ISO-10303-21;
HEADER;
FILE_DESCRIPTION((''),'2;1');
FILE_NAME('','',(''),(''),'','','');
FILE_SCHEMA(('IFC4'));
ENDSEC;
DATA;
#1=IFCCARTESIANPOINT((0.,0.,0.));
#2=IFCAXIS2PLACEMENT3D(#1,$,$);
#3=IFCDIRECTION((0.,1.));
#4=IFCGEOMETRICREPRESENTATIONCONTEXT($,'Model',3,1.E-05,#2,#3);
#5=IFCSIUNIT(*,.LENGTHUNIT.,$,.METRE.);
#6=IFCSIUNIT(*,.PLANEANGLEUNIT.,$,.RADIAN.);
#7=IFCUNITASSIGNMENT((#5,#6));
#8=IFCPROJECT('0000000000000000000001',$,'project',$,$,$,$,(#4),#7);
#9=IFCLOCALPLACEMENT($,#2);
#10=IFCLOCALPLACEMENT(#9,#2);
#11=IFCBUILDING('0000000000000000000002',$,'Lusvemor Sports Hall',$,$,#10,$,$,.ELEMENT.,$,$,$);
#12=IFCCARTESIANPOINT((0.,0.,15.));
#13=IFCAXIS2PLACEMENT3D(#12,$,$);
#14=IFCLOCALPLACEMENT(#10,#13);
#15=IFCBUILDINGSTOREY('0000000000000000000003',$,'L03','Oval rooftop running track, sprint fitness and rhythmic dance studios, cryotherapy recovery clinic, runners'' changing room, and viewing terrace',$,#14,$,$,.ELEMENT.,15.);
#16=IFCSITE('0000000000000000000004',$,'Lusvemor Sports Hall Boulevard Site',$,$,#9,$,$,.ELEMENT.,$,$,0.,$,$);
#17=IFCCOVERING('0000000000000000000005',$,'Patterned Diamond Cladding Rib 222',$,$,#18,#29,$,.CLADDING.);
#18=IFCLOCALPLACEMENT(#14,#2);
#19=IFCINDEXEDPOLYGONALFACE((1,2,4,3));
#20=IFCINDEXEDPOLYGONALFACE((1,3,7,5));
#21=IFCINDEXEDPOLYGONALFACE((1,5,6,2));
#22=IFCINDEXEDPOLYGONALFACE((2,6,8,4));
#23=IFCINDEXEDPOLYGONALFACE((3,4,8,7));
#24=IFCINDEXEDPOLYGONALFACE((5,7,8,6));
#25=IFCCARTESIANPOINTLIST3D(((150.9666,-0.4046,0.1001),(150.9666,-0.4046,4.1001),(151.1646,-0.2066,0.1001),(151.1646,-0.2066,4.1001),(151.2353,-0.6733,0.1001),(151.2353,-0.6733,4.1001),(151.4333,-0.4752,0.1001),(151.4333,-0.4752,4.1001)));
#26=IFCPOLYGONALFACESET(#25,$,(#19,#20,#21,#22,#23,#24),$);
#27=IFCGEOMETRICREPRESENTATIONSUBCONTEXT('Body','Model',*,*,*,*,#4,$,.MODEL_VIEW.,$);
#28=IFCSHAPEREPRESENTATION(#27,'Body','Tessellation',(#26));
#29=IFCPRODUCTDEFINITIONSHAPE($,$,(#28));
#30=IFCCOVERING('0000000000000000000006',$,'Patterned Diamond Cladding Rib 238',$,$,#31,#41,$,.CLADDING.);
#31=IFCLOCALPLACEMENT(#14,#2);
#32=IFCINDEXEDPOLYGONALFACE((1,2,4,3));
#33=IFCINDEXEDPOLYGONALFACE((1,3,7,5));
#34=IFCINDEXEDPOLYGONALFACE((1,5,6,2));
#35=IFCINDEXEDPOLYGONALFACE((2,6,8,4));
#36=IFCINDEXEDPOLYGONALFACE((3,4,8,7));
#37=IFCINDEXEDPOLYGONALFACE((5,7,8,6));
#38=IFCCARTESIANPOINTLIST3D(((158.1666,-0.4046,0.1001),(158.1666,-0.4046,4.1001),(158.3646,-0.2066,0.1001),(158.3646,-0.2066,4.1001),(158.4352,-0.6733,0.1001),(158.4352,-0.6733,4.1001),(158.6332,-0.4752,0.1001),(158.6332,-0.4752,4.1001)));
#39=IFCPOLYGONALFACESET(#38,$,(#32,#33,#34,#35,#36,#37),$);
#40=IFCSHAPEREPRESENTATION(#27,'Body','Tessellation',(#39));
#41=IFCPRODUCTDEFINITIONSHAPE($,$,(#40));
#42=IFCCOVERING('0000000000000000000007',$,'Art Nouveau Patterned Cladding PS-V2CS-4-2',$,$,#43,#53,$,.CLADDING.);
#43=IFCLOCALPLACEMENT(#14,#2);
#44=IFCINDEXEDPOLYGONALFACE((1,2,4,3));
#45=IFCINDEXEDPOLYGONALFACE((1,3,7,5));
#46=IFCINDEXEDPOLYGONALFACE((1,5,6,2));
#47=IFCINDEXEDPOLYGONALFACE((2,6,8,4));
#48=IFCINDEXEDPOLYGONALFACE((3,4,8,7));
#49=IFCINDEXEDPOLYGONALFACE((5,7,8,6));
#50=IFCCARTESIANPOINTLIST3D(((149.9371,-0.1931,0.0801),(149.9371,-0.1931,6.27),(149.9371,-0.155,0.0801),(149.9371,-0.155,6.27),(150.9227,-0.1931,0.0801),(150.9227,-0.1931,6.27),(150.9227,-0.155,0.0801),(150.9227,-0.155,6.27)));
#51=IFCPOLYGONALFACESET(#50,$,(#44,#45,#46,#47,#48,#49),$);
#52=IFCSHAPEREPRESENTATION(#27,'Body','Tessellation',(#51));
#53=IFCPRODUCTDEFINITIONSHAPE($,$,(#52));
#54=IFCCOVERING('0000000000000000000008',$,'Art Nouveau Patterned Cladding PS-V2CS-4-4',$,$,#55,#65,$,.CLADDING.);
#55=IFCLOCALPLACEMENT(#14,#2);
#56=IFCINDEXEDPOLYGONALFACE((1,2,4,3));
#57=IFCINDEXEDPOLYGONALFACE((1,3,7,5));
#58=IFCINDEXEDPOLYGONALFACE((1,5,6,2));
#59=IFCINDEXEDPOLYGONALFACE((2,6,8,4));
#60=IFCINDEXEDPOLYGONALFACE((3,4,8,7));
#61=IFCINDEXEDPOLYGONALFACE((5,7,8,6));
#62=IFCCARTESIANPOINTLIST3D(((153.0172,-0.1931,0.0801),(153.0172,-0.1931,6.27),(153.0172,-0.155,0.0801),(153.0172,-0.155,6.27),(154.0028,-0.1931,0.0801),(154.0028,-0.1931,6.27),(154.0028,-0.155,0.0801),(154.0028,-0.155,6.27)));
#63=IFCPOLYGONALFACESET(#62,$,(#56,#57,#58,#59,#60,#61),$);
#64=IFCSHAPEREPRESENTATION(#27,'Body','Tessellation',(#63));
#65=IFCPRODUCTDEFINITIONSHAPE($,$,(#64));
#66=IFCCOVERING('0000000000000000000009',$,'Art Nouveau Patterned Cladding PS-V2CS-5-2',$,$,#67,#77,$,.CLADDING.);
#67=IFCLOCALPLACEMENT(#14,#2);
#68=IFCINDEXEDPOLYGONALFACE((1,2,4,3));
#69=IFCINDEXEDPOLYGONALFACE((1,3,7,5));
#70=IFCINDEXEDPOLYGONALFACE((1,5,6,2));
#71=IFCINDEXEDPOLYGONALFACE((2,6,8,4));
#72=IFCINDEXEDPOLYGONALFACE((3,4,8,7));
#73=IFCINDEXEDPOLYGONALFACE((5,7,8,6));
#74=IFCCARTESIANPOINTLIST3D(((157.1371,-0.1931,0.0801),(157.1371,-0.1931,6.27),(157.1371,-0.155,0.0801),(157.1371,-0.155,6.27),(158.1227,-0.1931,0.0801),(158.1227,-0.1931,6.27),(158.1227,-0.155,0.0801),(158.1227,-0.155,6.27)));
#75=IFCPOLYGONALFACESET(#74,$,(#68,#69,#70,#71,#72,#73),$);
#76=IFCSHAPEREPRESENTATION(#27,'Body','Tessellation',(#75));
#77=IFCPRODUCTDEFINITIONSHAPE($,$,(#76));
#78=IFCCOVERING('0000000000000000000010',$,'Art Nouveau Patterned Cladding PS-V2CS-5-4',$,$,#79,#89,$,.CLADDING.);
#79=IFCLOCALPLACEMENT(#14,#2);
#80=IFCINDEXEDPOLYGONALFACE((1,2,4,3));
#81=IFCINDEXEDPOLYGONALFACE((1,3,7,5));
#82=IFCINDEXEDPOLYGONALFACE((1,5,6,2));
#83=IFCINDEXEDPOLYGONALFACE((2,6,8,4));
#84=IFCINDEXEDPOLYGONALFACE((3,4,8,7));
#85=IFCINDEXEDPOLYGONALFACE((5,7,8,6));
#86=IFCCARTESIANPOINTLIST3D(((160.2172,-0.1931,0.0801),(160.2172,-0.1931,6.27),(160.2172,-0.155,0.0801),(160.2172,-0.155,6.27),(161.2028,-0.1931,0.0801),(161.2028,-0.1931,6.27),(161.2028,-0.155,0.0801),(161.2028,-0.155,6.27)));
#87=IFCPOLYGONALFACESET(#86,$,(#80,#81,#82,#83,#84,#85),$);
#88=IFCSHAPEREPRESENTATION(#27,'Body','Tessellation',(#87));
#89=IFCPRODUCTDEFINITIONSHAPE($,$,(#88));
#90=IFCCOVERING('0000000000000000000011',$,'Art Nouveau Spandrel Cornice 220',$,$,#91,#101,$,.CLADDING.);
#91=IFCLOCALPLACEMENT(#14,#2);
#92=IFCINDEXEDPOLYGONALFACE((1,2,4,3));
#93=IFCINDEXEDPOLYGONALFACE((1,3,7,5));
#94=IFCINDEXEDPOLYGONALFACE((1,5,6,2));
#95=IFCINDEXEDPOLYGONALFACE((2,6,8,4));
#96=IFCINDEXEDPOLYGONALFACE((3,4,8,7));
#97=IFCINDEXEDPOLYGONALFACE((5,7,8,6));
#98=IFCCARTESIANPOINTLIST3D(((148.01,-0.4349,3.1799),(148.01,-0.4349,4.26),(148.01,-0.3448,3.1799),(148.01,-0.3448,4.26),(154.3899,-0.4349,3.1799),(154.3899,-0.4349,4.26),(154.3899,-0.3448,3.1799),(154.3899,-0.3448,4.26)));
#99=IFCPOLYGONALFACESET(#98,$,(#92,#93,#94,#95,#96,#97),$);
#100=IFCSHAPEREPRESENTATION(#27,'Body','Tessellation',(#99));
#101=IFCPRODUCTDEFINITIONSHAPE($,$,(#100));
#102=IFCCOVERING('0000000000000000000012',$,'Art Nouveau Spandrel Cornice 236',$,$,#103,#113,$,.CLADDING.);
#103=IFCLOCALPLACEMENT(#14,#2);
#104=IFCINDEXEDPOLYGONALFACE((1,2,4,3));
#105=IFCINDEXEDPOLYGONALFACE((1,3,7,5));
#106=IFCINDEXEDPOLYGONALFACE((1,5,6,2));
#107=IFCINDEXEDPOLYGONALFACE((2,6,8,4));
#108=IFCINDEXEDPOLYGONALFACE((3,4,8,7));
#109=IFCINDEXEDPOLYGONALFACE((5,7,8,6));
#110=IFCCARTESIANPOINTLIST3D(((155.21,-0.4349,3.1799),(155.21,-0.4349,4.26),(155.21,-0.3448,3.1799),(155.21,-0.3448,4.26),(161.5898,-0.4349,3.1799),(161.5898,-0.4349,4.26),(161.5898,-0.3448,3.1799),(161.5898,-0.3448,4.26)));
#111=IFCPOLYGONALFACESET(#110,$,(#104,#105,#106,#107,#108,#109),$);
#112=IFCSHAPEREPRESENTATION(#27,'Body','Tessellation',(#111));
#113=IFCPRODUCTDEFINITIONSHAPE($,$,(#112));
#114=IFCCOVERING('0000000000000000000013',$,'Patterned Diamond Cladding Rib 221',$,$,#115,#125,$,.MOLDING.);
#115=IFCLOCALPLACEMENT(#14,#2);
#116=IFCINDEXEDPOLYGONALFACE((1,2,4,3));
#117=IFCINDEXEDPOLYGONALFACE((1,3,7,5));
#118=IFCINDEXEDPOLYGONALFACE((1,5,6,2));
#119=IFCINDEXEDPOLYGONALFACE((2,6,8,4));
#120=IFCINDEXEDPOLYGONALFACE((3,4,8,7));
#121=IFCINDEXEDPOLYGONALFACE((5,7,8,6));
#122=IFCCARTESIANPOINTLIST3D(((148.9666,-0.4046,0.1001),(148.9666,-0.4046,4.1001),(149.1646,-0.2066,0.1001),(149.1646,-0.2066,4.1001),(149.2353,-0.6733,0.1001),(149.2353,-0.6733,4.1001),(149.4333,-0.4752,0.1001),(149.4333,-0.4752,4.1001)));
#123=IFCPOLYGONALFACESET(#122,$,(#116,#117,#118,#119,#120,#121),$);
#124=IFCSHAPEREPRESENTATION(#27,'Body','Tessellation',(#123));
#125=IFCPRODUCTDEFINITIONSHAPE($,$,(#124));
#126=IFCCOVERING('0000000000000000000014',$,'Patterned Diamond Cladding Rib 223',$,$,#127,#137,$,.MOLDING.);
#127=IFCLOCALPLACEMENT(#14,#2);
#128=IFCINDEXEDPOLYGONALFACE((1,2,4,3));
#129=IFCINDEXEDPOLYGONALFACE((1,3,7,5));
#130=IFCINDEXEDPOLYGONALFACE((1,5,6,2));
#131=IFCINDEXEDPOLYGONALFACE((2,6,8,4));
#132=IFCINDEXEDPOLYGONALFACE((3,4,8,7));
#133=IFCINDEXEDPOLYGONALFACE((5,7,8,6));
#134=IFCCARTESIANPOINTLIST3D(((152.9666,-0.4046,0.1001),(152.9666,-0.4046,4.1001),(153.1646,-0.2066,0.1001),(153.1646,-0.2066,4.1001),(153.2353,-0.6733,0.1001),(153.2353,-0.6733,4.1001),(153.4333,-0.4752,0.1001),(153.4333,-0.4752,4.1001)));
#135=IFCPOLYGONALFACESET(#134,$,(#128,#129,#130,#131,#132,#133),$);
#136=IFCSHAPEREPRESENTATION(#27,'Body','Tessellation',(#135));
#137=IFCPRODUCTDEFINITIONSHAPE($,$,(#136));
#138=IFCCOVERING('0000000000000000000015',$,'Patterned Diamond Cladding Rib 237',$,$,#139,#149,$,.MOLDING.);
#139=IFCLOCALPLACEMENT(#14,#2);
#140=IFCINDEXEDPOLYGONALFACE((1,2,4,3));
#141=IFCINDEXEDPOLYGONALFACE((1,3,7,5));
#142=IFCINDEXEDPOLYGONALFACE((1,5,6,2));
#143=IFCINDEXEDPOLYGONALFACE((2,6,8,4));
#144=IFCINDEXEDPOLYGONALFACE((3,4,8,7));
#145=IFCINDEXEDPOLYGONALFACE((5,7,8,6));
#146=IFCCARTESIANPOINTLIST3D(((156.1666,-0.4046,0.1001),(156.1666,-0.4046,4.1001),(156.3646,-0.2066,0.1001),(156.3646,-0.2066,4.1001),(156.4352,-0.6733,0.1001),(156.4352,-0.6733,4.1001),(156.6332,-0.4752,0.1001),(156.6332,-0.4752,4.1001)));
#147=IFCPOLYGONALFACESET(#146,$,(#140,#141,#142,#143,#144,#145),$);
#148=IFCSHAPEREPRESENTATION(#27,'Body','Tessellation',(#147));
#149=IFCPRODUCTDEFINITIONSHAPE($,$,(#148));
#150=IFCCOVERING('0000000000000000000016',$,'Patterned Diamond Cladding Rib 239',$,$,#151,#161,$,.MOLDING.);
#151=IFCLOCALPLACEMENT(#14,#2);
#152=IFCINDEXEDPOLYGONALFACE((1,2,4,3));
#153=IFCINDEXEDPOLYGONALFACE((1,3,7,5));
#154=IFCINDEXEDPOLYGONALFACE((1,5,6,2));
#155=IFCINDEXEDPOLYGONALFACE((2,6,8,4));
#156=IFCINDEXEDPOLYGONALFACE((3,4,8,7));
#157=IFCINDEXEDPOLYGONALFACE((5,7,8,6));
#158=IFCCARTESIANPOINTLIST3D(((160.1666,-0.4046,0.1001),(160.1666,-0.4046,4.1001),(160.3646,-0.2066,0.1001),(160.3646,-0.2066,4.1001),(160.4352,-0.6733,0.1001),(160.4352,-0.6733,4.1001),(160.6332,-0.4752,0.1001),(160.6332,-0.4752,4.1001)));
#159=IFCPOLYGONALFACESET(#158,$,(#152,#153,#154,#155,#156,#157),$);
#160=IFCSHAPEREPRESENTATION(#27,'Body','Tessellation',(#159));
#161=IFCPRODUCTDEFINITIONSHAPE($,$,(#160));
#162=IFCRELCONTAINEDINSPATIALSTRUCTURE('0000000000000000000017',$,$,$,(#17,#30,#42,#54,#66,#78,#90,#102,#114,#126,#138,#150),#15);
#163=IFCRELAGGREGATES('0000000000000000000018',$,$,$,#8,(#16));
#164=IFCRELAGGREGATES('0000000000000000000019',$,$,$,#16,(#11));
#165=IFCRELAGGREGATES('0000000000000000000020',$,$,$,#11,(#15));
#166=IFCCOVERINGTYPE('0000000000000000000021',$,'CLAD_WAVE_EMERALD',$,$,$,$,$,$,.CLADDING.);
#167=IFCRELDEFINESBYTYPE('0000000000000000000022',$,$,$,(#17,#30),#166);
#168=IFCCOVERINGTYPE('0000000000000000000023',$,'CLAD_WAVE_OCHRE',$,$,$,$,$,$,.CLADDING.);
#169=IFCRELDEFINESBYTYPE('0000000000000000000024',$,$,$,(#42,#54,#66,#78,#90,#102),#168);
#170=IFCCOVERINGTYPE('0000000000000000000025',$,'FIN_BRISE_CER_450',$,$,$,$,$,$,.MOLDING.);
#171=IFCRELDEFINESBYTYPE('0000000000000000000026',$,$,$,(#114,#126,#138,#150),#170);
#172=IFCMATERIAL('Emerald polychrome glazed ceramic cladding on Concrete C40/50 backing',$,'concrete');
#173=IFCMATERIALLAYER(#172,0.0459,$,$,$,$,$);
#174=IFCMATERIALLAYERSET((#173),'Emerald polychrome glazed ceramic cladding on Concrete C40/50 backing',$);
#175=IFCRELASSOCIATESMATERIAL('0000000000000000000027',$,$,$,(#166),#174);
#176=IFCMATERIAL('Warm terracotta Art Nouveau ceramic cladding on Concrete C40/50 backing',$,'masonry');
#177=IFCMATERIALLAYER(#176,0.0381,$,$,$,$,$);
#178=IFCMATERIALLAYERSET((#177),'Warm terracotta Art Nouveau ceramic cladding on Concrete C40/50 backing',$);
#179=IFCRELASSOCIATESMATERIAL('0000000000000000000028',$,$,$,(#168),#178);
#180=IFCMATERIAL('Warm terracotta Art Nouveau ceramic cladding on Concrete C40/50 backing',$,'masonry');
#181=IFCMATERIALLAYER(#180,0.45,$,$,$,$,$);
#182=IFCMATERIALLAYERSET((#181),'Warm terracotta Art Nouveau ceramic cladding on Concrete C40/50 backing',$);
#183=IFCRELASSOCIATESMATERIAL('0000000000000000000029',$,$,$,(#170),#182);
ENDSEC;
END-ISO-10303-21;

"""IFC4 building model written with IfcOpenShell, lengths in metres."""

from ifc_helpers import new_model, si_unit, direction, frame, origin, origin_2d, place, context, subcontext, project, spatial, rectangle, extrude, material, layer, layer_set, type_object, element, save


model = new_model("IFC4")

# Units and contexts
model_context = context("Model", 3, precision=1e-05, world=origin(), true_north=direction((0.0, 1.0)))
body_context = subcontext(model_context, "Body", "Model", "MODEL_VIEW")
ifc_project = project(units=[si_unit("LENGTHUNIT", "METRE"), si_unit("PLANEANGLEUNIT", "RADIAN")], contexts=[model_context])

# Site, building, storey
site_placement = place(None, origin())
site = spatial("IfcSite", under=ifc_project, at=site_placement, Name="Lusvemor Sports Hall Boulevard Site", CompositionType="ELEMENT", RefElevation=0.0)
building_placement = place(site_placement, origin())
building = spatial("IfcBuilding", under=site, at=building_placement, Name="Lusvemor Sports Hall", CompositionType="ELEMENT")
storey_placement = place(building_placement, frame((0.0, 0.0, 15.0)))
storey = spatial("IfcBuildingStorey", under=building, at=storey_placement, Name="L03", Description="Oval rooftop running track, sprint fitness and rhythmic dance studios, cryotherapy recovery clinic, runners' changing room, and viewing terrace", CompositionType="ELEMENT", Elevation=15.0)

# Coverings
ifc_material_1 = material(Name="Emerald polychrome glazed ceramic cladding on Concrete C40/50 backing", Category="concrete")
ifc_layer_1 = layer(ifc_material_1, 0.0459)
ifc_layer_set_1 = layer_set([ifc_layer_1], Name="Emerald polychrome glazed ceramic cladding on Concrete C40/50 backing")
covering_type_1 = type_object("IfcCoveringType", Name="CLAD_WAVE_EMERALD", PredefinedType="CLADDING", material=ifc_layer_set_1)
for number, where, z_axis, x_axis, name in (
    (1, (151.2, -0.4399, 0.1001), (0.0, 0.0, 1.0), (0.707107, 0.707107, 0.0), "Patterned Diamond Cladding Rib 222"),
    (2, (158.3999, -0.4399, 0.1001), (0.0, 0.0, 1.0), (0.707107, 0.707107, 0.0), "Patterned Diamond Cladding Rib 238"),
):
    element("IfcCovering", number, at=place(storey_placement, frame(where, z_axis=z_axis, x_axis=x_axis)), inside=storey, type_object=covering_type_1, Name=name, PredefinedType="CLADDING", context=body_context, shape_type="SweptSolid", body=[
        extrude(rectangle(XDim=0.28, YDim=0.3799, at=origin_2d()), origin(), (0.0, 0.0, 1.0), 4.0),
    ])
ifc_material_2 = material(Name="Warm terracotta Art Nouveau ceramic cladding on Concrete C40/50 backing", Category="masonry")
ifc_layer_2 = layer(ifc_material_2, 0.0381)
ifc_layer_set_2 = layer_set([ifc_layer_2], Name="Warm terracotta Art Nouveau ceramic cladding on Concrete C40/50 backing")
covering_type_2 = type_object("IfcCoveringType", Name="CLAD_WAVE_OCHRE", PredefinedType="CLADDING", material=ifc_layer_set_2)
for number, where, z_axis, x_axis, name in (
    (3, (150.4299, -0.1741, 0.0801), (0.0, 0.0, 1.0), (1.0, 0.0, 0.0), "Art Nouveau Patterned Cladding PS-V2CS-4-2"),
    (4, (153.51, -0.1741, 0.0801), (0.0, 0.0, 1.0), (1.0, 0.0, 0.0), "Art Nouveau Patterned Cladding PS-V2CS-4-4"),
    (5, (157.6299, -0.1741, 0.0801), (0.0, 0.0, 1.0), (1.0, 0.0, 0.0), "Art Nouveau Patterned Cladding PS-V2CS-5-2"),
    (6, (160.71, -0.1741, 0.0801), (0.0, 0.0, 1.0), (1.0, 0.0, 0.0), "Art Nouveau Patterned Cladding PS-V2CS-5-4"),
):
    element("IfcCovering", number, at=place(storey_placement, frame(where, z_axis=z_axis, x_axis=x_axis)), inside=storey, type_object=covering_type_2, Name=name, PredefinedType="CLADDING", context=body_context, shape_type="SweptSolid", body=[
        extrude(rectangle(XDim=0.9856, YDim=0.0381, at=origin_2d()), origin(), (0.0, 0.0, 1.0), 6.1899),
    ])
for number, where, z_axis, x_axis, name in (
    (7, (151.2, -0.3899, 3.1799), (0.0, 0.0, 1.0), (1.0, 0.0, 0.0), "Art Nouveau Spandrel Cornice 220"),
    (8, (158.3999, -0.3899, 3.1799), (0.0, 0.0, 1.0), (1.0, 0.0, 0.0), "Art Nouveau Spandrel Cornice 236"),
):
    element("IfcCovering", number, at=place(storey_placement, frame(where, z_axis=z_axis, x_axis=x_axis)), inside=storey, type_object=covering_type_2, Name=name, PredefinedType="CLADDING", context=body_context, shape_type="SweptSolid", body=[
        extrude(rectangle(XDim=6.3799, YDim=0.0901, at=origin_2d()), origin(), (0.0, 0.0, 1.0), 1.0801),
    ])
ifc_material_3 = material(Name="Warm terracotta Art Nouveau ceramic cladding on Concrete C40/50 backing", Category="masonry")
ifc_layer_3 = layer(ifc_material_3, 0.45)
ifc_layer_set_3 = layer_set([ifc_layer_3], Name="Warm terracotta Art Nouveau ceramic cladding on Concrete C40/50 backing")
covering_type_3 = type_object("IfcCoveringType", Name="FIN_BRISE_CER_450", PredefinedType="MOLDING", material=ifc_layer_set_3)
for number, where, z_axis, x_axis, name in (
    (9, (149.2, -0.4399, 0.1001), (0.0, 0.0, 1.0), (0.707107, 0.707107, 0.0), "Patterned Diamond Cladding Rib 221"),
    (10, (153.2, -0.4399, 0.1001), (0.0, 0.0, 1.0), (0.707107, 0.707107, 0.0), "Patterned Diamond Cladding Rib 223"),
    (11, (156.3999, -0.4399, 0.1001), (0.0, 0.0, 1.0), (0.707107, 0.707107, 0.0), "Patterned Diamond Cladding Rib 237"),
    (12, (160.3999, -0.4399, 0.1001), (0.0, 0.0, 1.0), (0.707107, 0.707107, 0.0), "Patterned Diamond Cladding Rib 239"),
):
    element("IfcCovering", number, at=place(storey_placement, frame(where, z_axis=z_axis, x_axis=x_axis)), inside=storey, type_object=covering_type_3, Name=name, PredefinedType="MOLDING", context=body_context, shape_type="SweptSolid", body=[
        extrude(rectangle(XDim=0.28, YDim=0.3799, at=origin_2d()), origin(), (0.0, 0.0, 1.0), 4.0),
    ])

save(model, "model.ifc")
